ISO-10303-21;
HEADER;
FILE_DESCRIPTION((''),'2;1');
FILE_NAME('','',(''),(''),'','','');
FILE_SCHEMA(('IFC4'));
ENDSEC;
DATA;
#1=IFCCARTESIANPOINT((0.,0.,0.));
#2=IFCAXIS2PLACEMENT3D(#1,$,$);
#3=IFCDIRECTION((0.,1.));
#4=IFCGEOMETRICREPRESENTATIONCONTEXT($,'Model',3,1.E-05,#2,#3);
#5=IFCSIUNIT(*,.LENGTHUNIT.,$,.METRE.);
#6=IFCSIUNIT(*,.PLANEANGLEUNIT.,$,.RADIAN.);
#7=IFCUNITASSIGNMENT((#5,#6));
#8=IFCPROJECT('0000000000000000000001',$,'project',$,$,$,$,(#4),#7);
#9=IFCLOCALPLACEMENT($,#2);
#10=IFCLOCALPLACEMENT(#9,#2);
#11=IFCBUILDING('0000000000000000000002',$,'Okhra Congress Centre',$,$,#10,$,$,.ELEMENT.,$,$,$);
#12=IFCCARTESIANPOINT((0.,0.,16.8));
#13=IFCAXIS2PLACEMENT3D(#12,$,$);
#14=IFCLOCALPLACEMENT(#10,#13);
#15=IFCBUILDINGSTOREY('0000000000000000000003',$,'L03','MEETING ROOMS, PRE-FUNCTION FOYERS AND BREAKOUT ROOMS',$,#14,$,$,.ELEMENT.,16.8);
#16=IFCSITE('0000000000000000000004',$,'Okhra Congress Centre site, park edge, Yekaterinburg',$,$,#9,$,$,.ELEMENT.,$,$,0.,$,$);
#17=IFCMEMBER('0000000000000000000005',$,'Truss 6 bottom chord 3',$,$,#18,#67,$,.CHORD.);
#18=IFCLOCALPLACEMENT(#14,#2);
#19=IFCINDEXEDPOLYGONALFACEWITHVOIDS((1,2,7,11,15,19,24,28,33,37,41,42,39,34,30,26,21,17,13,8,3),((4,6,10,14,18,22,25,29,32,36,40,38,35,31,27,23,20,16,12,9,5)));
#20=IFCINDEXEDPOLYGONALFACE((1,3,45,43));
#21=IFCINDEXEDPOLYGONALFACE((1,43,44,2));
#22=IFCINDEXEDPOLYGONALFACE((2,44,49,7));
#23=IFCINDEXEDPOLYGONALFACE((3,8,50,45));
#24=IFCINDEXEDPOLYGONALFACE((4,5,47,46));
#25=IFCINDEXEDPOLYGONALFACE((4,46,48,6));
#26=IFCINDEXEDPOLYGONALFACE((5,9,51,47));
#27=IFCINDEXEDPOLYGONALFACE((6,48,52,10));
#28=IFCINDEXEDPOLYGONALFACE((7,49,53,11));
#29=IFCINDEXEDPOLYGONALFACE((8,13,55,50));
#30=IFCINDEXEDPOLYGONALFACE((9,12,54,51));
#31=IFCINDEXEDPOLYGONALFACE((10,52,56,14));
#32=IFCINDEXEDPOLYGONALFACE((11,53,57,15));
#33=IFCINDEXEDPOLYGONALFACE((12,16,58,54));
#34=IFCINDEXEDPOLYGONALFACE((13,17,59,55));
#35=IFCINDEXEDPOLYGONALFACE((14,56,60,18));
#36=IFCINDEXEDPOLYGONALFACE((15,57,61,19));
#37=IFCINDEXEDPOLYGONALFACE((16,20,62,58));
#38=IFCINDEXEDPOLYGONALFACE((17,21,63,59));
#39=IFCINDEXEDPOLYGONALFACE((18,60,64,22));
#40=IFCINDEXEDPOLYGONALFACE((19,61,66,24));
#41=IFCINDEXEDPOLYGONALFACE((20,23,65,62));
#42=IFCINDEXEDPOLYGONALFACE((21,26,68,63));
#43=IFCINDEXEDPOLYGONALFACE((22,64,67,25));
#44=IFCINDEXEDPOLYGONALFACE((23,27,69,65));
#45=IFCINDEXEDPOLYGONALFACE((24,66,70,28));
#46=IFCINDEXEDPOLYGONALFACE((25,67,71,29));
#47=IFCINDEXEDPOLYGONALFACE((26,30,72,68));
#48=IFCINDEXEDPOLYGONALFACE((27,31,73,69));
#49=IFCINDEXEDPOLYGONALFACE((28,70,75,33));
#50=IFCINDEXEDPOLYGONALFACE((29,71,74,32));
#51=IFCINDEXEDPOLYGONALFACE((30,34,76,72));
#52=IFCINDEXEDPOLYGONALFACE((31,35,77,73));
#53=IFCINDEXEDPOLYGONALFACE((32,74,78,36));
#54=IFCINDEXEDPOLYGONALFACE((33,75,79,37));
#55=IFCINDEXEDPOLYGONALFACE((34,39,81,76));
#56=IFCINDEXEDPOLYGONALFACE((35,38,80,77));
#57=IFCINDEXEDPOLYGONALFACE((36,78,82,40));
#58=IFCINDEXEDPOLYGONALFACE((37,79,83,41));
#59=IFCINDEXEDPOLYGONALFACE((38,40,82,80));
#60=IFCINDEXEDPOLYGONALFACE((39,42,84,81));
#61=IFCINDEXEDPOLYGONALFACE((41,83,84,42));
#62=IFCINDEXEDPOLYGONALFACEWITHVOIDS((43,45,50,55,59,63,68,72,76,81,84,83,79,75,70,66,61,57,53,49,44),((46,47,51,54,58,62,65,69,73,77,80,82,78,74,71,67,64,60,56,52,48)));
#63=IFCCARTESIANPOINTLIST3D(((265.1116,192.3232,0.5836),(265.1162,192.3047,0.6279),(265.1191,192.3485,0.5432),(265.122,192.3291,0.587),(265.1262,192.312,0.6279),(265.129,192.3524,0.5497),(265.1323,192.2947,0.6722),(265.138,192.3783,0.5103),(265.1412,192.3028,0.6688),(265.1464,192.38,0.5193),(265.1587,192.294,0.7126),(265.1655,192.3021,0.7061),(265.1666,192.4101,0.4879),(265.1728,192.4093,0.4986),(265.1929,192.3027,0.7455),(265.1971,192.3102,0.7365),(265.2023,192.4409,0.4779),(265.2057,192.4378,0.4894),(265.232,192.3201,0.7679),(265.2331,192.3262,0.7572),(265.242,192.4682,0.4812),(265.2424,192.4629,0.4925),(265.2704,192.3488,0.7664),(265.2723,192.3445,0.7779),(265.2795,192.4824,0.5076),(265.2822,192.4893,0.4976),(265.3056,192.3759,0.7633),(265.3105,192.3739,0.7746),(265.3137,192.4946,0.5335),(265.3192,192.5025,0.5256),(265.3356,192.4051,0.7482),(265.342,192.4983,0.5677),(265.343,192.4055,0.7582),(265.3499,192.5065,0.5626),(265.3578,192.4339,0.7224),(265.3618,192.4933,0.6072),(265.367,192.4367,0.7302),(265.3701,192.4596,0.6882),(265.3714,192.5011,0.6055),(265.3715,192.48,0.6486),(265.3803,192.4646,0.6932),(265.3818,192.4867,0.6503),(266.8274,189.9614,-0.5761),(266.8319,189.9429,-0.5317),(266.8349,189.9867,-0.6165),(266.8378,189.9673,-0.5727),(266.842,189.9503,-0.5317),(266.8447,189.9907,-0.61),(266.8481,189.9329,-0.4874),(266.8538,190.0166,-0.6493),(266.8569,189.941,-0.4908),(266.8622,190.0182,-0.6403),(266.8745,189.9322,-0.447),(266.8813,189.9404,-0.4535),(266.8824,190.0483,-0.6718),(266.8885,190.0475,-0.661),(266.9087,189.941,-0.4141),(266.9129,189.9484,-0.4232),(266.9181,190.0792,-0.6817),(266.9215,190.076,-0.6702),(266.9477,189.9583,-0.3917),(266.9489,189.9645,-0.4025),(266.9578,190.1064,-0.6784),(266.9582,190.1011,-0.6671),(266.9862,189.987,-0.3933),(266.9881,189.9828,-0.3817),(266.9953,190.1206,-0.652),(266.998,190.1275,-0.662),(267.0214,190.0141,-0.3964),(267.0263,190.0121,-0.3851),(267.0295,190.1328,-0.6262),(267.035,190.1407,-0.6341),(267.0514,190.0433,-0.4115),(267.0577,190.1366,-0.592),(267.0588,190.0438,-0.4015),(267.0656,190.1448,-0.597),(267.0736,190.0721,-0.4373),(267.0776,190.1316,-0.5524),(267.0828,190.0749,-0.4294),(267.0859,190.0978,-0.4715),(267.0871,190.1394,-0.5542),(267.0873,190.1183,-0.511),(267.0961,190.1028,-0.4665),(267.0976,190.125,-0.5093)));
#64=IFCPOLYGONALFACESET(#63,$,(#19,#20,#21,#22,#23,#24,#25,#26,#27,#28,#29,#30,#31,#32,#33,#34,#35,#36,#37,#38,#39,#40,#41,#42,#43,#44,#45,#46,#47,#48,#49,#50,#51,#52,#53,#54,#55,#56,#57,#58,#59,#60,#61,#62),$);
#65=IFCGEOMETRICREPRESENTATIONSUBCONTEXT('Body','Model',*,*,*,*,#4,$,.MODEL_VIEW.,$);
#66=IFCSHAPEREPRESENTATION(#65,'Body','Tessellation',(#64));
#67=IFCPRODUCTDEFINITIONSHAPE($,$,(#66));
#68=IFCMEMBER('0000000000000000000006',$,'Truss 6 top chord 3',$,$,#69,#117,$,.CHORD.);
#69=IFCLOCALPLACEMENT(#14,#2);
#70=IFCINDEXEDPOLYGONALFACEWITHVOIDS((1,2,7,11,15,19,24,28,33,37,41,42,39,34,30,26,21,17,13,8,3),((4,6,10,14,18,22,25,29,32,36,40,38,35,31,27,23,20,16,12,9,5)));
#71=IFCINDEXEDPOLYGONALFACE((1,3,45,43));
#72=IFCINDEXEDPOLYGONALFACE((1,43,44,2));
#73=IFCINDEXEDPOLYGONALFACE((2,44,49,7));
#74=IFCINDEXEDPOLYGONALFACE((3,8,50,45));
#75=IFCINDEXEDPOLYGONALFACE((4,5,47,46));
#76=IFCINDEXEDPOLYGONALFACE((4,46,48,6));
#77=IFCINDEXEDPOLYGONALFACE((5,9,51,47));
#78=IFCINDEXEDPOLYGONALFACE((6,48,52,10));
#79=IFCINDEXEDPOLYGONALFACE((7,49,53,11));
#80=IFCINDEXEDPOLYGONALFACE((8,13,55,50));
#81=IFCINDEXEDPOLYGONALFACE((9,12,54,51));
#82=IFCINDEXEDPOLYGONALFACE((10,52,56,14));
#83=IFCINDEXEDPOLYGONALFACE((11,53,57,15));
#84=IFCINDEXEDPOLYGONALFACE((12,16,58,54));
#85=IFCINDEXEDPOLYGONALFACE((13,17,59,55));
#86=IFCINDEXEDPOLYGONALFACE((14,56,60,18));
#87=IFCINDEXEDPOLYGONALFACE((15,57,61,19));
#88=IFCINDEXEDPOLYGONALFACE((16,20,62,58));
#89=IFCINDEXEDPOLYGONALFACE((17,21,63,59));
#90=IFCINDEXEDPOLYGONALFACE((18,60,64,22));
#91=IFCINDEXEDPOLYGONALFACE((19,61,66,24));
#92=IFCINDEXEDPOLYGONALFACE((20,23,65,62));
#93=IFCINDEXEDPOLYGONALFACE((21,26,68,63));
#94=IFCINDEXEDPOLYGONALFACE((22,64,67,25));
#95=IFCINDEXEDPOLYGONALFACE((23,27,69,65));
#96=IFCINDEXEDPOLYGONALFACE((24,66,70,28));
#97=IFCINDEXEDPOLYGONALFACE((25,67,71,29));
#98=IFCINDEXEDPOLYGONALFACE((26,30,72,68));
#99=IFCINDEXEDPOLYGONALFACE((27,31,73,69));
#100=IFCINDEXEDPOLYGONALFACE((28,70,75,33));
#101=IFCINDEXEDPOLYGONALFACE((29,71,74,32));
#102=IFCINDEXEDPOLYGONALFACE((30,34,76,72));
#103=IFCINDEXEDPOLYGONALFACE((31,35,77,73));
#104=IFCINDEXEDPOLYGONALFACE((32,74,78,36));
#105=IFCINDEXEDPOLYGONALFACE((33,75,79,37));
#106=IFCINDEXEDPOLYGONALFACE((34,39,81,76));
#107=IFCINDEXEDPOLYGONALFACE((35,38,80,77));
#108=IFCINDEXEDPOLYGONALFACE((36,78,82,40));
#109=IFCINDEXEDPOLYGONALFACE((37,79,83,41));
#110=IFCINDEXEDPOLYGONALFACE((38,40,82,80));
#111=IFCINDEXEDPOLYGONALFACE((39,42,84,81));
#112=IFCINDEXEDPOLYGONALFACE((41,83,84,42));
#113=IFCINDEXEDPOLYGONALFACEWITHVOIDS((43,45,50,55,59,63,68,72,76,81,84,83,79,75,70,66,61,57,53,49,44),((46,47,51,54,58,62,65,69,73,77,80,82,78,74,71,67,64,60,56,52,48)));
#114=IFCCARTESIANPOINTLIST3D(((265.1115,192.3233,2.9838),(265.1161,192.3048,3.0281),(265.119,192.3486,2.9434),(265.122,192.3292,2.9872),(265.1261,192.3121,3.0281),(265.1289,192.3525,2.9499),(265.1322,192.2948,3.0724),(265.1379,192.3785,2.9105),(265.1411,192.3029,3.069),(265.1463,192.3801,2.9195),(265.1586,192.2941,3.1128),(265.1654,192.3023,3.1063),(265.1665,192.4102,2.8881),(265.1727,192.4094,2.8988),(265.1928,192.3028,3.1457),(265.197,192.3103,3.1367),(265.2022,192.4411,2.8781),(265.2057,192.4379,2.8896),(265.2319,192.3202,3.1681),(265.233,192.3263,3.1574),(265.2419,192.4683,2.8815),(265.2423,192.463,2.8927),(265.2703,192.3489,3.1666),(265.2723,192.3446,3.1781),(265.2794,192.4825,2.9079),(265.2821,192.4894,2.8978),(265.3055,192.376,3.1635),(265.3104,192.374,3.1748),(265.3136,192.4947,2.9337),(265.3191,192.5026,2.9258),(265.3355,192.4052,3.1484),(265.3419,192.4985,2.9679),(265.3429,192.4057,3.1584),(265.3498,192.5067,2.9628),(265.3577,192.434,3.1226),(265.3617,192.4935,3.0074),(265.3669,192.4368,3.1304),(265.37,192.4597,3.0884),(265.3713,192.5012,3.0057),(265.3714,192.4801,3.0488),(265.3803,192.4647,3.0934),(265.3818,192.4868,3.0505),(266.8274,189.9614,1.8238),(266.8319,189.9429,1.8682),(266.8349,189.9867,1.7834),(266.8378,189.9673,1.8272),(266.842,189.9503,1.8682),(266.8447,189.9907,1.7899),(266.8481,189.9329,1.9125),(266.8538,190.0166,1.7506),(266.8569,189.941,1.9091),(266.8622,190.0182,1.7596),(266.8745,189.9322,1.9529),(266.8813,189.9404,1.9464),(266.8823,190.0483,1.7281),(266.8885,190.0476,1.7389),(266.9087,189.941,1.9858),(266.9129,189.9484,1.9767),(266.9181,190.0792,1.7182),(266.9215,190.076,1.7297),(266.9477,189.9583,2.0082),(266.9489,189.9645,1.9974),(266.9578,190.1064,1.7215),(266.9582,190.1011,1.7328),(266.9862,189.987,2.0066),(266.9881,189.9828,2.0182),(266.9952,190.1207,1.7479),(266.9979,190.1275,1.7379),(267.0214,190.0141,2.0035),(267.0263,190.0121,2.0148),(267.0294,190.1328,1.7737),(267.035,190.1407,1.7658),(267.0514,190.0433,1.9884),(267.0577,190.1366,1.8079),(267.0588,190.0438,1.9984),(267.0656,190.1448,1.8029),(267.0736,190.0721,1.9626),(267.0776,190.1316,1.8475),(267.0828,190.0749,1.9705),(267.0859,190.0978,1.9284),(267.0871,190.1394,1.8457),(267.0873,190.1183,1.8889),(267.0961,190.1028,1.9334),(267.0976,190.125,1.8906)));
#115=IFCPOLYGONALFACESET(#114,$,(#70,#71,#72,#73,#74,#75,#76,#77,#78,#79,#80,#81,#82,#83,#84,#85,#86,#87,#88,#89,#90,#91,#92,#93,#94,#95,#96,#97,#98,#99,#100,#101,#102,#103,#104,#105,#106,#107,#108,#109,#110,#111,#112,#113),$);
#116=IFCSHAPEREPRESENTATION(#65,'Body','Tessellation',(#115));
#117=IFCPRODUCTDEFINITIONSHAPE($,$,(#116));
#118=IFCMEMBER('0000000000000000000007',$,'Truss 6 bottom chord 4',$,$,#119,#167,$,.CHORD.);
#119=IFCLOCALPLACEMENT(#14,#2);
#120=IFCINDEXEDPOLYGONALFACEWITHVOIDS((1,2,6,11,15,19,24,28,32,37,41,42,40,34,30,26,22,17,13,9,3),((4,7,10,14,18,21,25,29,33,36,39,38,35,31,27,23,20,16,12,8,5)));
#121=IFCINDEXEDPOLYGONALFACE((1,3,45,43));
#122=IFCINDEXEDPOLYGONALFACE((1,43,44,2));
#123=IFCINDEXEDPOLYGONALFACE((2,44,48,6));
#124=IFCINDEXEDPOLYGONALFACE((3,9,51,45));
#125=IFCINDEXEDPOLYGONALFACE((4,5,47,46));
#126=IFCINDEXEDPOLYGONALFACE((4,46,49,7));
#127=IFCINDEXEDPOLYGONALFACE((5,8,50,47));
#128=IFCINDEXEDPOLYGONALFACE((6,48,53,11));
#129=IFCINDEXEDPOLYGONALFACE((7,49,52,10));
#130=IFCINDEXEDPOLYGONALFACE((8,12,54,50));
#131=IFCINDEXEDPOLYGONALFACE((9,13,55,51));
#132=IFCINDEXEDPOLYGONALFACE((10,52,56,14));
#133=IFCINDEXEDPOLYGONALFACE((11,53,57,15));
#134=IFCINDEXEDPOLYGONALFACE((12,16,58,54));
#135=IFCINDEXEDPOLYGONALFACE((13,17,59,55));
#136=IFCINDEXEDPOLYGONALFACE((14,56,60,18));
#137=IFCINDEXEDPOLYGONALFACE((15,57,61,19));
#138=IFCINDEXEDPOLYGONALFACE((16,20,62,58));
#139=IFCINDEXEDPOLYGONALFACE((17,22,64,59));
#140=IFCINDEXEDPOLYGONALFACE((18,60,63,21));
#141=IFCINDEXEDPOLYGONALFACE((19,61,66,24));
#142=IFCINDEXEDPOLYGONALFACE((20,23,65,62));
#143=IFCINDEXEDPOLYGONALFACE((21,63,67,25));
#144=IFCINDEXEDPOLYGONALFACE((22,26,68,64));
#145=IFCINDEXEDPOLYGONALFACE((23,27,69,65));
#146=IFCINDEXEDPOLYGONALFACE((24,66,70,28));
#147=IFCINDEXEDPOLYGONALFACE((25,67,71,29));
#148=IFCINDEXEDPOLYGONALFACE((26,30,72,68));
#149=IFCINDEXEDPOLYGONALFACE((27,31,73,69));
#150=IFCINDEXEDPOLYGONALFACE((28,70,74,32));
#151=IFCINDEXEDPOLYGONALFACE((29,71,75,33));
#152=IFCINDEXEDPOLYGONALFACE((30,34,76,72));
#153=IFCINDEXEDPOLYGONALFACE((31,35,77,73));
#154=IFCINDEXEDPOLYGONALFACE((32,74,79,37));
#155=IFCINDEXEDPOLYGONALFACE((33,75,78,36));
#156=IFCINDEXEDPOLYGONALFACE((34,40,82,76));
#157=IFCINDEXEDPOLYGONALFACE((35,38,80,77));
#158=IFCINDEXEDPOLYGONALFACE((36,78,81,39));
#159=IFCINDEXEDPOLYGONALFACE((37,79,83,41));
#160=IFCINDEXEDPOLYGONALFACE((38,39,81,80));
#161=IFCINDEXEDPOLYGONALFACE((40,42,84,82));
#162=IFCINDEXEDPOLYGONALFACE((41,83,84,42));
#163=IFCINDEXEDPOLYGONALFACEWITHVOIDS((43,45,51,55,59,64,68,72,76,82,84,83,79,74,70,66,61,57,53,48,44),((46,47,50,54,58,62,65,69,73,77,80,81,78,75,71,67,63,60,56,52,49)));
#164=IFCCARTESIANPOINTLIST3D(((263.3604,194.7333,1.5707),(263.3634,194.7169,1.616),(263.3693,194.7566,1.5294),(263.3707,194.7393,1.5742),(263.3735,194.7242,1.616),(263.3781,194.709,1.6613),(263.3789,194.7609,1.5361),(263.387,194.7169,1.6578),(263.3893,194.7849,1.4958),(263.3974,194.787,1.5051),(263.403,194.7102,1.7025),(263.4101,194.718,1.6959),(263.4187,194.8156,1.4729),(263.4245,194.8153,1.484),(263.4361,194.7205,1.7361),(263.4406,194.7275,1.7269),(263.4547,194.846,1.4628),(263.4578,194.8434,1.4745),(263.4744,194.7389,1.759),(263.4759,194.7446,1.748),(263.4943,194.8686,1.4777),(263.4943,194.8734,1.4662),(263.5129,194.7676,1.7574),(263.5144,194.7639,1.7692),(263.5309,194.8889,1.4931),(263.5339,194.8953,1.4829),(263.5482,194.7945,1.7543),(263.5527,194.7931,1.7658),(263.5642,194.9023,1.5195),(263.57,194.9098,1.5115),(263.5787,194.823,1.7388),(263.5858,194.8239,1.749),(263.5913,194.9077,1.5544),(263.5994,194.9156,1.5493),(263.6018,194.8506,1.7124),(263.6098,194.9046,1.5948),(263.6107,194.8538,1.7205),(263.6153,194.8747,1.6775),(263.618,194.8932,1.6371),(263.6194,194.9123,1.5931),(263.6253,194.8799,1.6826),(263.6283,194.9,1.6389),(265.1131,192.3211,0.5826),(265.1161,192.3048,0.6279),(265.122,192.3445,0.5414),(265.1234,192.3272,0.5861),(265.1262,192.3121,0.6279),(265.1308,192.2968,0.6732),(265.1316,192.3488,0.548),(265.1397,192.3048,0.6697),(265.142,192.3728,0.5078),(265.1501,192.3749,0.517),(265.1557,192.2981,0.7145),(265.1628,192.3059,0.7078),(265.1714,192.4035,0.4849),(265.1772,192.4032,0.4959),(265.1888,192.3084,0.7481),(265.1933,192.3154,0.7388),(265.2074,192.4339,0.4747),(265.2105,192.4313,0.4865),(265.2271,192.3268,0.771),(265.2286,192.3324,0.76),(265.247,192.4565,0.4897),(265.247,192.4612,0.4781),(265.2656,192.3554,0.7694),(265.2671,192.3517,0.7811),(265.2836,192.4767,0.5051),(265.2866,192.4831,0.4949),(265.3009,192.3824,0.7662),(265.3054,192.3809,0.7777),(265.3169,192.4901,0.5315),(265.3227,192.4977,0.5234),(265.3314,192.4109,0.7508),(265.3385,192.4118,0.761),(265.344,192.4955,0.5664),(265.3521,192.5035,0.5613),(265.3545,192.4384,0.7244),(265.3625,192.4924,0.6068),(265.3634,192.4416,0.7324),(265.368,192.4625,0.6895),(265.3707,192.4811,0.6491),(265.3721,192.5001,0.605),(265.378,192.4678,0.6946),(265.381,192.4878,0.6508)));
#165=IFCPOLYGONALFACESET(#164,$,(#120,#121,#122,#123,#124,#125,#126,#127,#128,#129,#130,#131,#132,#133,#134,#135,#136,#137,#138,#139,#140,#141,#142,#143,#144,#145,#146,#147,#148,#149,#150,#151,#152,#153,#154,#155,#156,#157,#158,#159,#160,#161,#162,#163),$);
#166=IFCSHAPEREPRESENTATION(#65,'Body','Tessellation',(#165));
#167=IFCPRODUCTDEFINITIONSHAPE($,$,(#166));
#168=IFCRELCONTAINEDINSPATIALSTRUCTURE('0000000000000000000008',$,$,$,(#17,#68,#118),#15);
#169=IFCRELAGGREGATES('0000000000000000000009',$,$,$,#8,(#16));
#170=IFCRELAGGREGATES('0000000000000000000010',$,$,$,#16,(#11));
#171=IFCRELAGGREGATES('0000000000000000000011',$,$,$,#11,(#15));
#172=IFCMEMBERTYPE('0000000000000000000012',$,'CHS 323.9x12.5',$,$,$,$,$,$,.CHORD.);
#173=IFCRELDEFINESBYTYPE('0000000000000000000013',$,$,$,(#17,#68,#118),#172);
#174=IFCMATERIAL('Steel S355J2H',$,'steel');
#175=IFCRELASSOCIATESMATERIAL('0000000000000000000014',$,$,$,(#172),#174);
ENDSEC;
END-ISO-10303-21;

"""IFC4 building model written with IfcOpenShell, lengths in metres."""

from ifc_helpers import new_model, si_unit, direction, frame, origin, origin_2d, place, context, subcontext, project, spatial, hollow_circle, extrude, material, material_profile, profile_set, type_object, element, save


model = new_model("IFC4")

# Units and contexts
model_context = context("Model", 3, precision=1e-05, world=origin(), true_north=direction((0.0, 1.0)))
body_context = subcontext(model_context, "Body", "Model", "MODEL_VIEW")
ifc_project = project(units=[si_unit("LENGTHUNIT", "METRE"), si_unit("PLANEANGLEUNIT", "RADIAN")], contexts=[model_context])

# Site, building, storey
site_placement = place(None, origin())
site = spatial("IfcSite", under=ifc_project, at=site_placement, Name="Okhra Congress Centre site, park edge, Yekaterinburg", CompositionType="ELEMENT", RefElevation=0.0)
building_placement = place(site_placement, origin())
building = spatial("IfcBuilding", under=site, at=building_placement, Name="Okhra Congress Centre", CompositionType="ELEMENT")
storey_placement = place(building_placement, frame((0.0, 0.0, 16.8)))
storey = spatial("IfcBuildingStorey", under=building, at=storey_placement, Name="L03", Description="MEETING ROOMS, PRE-FUNCTION FOYERS AND BREAKOUT ROOMS", CompositionType="ELEMENT", Elevation=16.8)

# Members
ifc_material_1 = material(Name="Steel S355J2H", Category="steel")
ifc_material_profile_1 = material_profile(ifc_material_1, hollow_circle(Radius=0.1619, WallThickness=0.0125, at=origin_2d()), Name="CHS 323.9x12.5")
ifc_profile_set_1 = profile_set([ifc_material_profile_1], Name="Steel S355J2H")
member_type_1 = type_object("IfcMemberType", Name="CHS 323.9x12.5", PredefinedType="CHORD", material=ifc_profile_set_1)
member_1_placement = place(storey_placement, frame((266.9629, 190.0381, -0.5317), z_axis=(-0.546233, 0.751887, 0.369182), x_axis=(-0.80904, -0.587754, 0.0)))
element("IfcMember", 1, at=member_1_placement, inside=storey, type_object=member_type_1, Name="Truss 6 bottom chord 3", PredefinedType="CHORD", context=body_context, shape_type="SweptSolid", body=[
    extrude(hollow_circle(Radius=0.1619, WallThickness=0.0125, at=origin_2d()), origin(), (0.0, 0.0, 1.0), 3.1411),
])
member_2_placement = place(storey_placement, frame((266.9629, 190.0381, 1.8682), z_axis=(-0.546218, 0.751865, 0.369249), x_axis=(-0.80904, -0.587754, 0.0)))
element("IfcMember", 2, at=member_2_placement, inside=storey, type_object=member_type_1, Name="Truss 6 top chord 3", PredefinedType="CHORD", context=body_context, shape_type="SweptSolid", body=[
    extrude(hollow_circle(Radius=0.1619, WallThickness=0.0125, at=origin_2d()), origin(), (0.0, 0.0, 1.0), 3.1414),
])
for number, where, z_axis, x_axis, name in (
    (3, (265.2471, 192.3999, 0.6279), (-0.557988, 0.767923, 0.314553), (-0.808987, -0.587826, 0.0), "Truss 6 bottom chord 4"),
):
    element("IfcMember", number, at=place(storey_placement, frame(where, z_axis=z_axis, x_axis=x_axis)), inside=storey, type_object=member_type_1, Name=name, PredefinedType="CHORD", context=body_context, shape_type="SweptSolid", body=[
        extrude(hollow_circle(Radius=0.1619, WallThickness=0.0125, at=origin_2d()), origin(), (0.0, 0.0, 1.0), 3.1411),
    ])

save(model, "model.ifc")
